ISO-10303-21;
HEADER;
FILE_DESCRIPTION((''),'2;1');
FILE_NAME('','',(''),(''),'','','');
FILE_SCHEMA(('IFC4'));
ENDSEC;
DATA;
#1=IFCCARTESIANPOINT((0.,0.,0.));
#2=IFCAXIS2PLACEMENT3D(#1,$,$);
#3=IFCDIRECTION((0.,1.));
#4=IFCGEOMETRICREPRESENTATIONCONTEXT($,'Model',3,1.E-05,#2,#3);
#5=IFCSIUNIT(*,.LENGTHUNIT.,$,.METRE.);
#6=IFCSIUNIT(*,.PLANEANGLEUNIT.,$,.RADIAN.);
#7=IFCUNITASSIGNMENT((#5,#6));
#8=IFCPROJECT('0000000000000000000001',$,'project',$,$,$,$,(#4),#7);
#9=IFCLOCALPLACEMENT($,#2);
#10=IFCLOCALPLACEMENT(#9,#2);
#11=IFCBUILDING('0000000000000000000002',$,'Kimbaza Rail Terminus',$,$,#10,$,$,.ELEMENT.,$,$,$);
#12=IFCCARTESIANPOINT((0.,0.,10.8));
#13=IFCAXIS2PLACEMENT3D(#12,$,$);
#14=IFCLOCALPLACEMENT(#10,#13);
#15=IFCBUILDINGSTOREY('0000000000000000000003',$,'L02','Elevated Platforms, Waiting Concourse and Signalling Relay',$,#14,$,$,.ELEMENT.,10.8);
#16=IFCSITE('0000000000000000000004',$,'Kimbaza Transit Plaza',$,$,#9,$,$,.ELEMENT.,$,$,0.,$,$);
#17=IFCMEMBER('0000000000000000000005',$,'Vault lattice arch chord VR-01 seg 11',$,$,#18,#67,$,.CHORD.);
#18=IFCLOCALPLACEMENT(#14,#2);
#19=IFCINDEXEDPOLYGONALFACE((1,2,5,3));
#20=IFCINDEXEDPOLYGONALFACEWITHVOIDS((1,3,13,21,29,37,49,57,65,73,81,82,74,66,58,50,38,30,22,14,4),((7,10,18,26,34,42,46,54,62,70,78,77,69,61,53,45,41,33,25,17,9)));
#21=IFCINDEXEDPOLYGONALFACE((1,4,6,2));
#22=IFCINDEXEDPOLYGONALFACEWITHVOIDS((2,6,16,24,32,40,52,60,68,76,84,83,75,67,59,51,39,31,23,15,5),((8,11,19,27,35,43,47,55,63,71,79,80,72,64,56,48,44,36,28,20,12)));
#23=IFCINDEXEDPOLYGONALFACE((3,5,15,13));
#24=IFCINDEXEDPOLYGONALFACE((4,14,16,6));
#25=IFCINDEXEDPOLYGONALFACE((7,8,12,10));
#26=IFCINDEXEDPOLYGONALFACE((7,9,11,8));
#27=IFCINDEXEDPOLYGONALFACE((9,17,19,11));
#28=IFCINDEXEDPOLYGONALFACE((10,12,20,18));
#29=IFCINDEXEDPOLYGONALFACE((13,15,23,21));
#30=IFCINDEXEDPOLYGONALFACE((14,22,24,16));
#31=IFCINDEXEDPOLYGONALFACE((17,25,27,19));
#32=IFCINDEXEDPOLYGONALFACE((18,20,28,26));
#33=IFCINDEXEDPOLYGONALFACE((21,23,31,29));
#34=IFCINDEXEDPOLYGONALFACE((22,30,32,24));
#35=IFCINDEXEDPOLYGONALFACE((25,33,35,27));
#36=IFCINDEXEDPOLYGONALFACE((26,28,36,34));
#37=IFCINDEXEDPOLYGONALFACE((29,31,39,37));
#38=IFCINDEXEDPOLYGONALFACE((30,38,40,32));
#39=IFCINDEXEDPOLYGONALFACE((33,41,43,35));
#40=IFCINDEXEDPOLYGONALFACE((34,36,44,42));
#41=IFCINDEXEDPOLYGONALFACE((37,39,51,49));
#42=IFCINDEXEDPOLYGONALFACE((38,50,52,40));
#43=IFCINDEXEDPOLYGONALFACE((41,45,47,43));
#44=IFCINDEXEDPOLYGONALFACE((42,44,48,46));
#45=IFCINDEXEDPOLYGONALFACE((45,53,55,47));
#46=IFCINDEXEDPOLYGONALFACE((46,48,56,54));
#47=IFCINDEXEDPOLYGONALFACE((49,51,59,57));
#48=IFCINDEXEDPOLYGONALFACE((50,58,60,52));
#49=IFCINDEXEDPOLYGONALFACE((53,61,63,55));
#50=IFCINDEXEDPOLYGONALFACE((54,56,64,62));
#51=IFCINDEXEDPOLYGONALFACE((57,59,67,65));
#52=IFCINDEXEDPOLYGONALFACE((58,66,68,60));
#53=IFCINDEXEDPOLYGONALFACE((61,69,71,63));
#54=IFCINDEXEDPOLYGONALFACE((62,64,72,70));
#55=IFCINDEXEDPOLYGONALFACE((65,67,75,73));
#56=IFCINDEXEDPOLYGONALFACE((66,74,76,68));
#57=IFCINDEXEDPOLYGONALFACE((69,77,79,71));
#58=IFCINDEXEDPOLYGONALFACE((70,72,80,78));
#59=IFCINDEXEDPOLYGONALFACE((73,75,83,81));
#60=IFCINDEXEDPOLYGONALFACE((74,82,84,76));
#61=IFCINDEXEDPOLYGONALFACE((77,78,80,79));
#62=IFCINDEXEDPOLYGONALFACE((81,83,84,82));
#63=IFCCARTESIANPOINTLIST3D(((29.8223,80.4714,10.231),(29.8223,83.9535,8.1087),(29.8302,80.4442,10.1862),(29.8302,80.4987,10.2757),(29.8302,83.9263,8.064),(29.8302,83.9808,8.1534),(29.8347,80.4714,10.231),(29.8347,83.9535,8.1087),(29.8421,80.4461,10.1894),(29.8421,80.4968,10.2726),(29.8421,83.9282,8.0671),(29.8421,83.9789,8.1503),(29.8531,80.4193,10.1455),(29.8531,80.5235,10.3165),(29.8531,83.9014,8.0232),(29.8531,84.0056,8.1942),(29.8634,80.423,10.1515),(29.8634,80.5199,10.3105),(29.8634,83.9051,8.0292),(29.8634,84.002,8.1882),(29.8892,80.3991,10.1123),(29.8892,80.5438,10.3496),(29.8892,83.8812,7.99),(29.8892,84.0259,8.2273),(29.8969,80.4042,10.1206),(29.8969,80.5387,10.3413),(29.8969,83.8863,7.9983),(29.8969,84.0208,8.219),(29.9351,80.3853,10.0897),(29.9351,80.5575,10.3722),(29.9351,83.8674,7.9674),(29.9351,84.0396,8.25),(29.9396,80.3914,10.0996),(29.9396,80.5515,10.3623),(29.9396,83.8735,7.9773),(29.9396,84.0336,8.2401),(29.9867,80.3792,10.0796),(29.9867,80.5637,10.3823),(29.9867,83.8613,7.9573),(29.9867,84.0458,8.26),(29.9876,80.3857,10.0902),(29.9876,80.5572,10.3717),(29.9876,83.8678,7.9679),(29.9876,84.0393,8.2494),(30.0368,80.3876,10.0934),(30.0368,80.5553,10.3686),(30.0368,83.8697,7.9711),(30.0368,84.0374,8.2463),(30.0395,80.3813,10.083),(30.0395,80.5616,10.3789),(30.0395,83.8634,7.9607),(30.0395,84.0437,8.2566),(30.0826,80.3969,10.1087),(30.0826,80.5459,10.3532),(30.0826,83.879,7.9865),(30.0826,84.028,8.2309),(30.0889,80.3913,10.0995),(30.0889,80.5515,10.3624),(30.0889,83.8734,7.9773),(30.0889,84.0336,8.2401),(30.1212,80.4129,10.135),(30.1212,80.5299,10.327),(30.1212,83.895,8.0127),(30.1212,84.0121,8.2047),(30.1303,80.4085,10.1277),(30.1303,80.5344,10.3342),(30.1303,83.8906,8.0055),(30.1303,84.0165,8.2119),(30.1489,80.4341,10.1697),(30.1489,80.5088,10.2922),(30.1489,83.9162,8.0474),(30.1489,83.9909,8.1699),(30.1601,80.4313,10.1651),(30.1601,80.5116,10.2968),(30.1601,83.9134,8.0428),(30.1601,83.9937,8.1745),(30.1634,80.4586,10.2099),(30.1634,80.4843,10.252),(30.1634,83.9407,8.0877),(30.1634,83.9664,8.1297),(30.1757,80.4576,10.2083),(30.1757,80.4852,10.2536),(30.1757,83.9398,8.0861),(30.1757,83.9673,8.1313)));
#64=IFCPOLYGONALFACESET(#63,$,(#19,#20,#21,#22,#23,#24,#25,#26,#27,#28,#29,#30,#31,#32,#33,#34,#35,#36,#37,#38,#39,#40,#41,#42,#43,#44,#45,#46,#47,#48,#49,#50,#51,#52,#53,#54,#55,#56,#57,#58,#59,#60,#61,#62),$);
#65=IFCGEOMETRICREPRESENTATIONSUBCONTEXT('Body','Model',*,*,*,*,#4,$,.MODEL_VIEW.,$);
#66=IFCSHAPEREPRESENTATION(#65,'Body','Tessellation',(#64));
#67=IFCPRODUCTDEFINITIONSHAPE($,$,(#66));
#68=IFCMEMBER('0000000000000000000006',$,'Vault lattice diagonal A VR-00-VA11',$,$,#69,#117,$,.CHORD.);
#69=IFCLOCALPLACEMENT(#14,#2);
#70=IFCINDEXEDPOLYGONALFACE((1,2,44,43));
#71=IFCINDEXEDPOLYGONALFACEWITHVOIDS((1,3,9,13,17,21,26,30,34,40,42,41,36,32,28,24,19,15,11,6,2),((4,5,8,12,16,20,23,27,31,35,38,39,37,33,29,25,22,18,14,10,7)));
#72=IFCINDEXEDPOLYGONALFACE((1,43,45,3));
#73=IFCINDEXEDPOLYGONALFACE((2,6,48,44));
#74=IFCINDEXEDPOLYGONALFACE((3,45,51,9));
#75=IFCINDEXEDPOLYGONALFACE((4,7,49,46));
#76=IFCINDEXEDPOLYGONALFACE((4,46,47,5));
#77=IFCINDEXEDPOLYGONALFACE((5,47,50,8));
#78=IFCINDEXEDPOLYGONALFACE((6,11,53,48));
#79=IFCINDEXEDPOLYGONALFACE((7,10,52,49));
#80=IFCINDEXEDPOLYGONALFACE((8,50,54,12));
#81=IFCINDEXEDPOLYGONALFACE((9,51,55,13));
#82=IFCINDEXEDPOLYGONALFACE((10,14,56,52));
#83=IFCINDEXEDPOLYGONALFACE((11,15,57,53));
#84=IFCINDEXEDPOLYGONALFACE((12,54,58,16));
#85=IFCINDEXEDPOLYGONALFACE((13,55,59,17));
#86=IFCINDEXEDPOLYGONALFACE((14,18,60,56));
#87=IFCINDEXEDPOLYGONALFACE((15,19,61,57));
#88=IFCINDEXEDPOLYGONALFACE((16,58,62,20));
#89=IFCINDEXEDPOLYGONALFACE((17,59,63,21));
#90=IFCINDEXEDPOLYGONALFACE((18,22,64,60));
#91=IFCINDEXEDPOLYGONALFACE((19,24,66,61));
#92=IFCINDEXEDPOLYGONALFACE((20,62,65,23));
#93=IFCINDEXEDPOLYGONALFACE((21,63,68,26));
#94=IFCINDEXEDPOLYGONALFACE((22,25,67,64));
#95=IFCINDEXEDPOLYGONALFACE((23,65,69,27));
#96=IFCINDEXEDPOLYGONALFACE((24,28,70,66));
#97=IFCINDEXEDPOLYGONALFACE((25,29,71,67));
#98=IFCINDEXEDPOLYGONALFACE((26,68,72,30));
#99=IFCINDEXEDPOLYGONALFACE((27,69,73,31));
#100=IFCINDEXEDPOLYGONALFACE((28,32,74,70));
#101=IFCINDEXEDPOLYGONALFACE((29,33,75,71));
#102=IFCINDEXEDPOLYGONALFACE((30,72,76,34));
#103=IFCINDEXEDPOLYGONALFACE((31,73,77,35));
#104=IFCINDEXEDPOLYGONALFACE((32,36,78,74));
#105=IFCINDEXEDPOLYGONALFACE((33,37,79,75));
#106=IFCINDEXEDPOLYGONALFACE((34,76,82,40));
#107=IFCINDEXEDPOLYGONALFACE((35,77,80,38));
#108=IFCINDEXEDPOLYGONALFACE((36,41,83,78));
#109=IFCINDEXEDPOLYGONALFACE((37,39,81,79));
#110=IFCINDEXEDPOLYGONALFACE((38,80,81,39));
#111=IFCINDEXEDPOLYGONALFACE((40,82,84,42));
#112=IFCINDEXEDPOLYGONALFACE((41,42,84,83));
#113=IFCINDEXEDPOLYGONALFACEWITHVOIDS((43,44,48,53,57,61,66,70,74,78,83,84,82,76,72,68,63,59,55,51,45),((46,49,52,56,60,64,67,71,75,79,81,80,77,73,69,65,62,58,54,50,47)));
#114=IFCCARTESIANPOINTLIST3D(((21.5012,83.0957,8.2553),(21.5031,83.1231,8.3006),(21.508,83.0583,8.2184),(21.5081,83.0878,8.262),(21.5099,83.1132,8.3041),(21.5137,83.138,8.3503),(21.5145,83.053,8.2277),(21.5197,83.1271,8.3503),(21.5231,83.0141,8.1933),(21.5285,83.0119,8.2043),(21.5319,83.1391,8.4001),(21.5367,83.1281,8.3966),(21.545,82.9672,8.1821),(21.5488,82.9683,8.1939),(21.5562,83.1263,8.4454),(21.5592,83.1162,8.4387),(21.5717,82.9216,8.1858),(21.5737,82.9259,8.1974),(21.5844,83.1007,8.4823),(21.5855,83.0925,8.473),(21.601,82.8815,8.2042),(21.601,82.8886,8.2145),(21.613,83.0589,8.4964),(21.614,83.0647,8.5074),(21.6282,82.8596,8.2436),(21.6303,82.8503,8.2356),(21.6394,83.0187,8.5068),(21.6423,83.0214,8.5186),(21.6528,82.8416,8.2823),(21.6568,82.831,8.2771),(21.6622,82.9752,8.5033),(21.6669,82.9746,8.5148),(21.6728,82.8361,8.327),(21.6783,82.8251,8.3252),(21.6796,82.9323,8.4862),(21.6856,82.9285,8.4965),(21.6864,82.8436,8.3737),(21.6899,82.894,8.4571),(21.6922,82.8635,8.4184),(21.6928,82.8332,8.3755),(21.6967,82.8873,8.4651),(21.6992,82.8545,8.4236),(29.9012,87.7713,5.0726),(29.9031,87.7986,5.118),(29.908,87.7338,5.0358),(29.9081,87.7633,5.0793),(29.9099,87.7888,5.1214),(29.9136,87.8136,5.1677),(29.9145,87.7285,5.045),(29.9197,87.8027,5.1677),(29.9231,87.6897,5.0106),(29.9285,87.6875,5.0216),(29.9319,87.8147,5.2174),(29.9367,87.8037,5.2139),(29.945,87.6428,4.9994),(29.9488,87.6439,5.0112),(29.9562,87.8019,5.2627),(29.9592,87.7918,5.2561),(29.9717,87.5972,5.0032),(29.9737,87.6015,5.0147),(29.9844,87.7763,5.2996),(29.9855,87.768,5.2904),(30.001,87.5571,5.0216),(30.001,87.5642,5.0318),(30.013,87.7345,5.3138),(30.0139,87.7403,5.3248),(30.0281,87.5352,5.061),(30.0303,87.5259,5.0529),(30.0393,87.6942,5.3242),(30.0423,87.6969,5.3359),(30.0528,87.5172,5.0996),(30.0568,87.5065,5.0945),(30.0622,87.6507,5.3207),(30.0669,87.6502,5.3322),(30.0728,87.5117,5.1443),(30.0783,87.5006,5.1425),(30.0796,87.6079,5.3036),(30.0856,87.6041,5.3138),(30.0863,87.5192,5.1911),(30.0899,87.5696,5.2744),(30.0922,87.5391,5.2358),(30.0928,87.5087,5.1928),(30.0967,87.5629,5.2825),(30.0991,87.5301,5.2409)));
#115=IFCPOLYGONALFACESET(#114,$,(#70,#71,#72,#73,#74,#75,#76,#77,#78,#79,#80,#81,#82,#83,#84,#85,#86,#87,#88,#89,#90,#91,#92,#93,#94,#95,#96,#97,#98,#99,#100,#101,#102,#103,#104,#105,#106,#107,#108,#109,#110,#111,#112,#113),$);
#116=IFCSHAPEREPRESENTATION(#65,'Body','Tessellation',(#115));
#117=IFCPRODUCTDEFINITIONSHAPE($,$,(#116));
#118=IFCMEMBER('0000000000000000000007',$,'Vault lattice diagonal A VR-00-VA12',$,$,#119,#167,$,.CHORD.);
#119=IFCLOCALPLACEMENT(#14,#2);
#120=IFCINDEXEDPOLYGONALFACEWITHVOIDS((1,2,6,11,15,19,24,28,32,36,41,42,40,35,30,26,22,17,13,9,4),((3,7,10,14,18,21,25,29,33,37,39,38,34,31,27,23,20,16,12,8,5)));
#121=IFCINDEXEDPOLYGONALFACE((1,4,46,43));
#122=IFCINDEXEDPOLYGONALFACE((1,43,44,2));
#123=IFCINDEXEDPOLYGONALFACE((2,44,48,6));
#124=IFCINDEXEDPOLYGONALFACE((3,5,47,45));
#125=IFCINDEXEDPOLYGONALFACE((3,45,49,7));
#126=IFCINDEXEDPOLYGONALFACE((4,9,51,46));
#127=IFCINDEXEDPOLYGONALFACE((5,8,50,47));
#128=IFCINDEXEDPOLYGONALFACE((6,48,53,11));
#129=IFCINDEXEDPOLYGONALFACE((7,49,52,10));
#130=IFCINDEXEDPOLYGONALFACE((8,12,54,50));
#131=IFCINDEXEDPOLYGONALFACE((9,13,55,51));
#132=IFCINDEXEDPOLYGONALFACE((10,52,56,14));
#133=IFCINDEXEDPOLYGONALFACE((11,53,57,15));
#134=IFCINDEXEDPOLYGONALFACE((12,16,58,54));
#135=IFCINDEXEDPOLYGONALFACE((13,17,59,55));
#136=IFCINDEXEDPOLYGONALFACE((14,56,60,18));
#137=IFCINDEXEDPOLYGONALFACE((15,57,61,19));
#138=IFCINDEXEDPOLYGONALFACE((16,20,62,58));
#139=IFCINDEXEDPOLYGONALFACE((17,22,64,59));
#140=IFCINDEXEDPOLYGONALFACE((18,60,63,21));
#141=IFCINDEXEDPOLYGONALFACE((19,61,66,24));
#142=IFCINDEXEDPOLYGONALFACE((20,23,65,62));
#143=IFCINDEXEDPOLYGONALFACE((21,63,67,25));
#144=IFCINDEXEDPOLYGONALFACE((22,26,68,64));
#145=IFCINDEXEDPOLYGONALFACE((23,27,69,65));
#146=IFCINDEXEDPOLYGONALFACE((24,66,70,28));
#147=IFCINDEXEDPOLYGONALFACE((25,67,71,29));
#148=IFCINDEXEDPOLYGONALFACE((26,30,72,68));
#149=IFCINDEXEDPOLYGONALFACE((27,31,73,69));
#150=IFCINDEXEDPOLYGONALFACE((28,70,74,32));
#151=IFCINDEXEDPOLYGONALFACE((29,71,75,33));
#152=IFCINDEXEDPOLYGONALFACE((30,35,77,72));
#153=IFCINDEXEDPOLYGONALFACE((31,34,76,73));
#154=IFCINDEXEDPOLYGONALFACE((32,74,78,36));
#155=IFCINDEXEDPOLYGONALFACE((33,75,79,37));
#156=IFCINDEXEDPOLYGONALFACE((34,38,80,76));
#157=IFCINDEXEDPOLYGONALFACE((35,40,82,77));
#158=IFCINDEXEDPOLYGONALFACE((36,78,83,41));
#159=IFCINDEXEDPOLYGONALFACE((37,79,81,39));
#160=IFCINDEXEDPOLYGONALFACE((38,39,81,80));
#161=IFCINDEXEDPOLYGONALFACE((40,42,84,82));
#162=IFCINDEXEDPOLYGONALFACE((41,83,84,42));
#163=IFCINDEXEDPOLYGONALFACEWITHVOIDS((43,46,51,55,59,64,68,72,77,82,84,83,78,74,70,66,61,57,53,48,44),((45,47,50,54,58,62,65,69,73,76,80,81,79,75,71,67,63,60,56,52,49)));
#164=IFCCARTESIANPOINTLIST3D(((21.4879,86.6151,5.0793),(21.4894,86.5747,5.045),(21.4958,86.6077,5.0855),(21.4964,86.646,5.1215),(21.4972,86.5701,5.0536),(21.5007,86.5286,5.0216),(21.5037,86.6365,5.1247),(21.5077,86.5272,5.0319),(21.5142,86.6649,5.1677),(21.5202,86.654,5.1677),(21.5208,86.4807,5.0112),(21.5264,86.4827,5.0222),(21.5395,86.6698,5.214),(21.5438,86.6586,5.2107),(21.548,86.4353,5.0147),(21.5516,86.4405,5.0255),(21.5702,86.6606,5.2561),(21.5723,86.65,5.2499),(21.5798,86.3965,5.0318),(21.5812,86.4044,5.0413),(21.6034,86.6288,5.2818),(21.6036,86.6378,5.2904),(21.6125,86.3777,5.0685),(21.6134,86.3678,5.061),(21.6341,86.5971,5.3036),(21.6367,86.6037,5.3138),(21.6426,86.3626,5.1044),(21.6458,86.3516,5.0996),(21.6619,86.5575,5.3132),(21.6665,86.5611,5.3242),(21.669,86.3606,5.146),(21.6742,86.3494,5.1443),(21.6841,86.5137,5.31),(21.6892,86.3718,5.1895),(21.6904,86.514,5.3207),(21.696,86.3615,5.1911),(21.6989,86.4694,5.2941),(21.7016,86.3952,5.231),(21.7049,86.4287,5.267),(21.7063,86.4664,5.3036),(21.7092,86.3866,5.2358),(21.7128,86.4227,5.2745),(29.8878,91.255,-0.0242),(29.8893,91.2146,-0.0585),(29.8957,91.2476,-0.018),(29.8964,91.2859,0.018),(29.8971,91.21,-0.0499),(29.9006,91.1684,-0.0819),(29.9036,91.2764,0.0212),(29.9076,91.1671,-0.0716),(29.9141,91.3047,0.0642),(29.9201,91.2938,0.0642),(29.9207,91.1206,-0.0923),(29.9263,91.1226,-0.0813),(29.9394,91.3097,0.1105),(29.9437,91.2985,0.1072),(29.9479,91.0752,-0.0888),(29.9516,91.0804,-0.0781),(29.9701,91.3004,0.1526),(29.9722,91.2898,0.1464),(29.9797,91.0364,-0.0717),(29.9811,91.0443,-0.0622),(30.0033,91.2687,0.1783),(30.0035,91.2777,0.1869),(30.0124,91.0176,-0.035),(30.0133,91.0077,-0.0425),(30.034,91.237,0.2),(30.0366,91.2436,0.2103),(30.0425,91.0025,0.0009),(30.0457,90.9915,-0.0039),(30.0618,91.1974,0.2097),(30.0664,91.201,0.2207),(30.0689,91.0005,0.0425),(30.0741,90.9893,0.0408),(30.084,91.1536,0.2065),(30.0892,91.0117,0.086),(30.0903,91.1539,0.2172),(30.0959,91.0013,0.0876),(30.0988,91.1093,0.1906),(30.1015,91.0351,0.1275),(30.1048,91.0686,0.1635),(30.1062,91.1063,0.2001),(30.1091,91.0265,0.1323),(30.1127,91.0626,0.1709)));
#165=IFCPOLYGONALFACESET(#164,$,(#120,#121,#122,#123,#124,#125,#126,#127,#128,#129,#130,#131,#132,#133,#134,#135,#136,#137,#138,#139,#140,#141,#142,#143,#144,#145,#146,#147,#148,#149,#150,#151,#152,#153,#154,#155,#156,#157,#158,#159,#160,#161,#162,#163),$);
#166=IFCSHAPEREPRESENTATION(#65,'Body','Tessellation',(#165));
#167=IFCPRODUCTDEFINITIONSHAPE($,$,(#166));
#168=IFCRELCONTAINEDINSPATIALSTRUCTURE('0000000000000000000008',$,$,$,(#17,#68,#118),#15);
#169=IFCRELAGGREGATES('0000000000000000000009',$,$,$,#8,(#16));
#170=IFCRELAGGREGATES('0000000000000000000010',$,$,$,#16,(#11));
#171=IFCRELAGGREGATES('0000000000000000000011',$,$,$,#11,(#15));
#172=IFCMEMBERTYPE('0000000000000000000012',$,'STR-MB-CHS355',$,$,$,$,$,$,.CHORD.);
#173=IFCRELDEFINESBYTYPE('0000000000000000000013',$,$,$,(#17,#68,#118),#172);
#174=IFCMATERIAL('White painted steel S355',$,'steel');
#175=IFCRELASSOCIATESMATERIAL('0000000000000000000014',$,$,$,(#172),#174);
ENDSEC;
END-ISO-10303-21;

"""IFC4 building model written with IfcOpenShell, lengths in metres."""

from ifc_helpers import new_model, si_unit, direction, frame, origin, origin_2d, place, context, subcontext, project, spatial, hollow_circle, extrude, material, material_profile, profile_set, type_object, element, save


model = new_model("IFC4")

# Units and contexts
model_context = context("Model", 3, precision=1e-05, world=origin(), true_north=direction((0.0, 1.0)))
body_context = subcontext(model_context, "Body", "Model", "MODEL_VIEW")
ifc_project = project(units=[si_unit("LENGTHUNIT", "METRE"), si_unit("PLANEANGLEUNIT", "RADIAN")], contexts=[model_context])

# Site, building, storey
site_placement = place(None, origin())
site = spatial("IfcSite", under=ifc_project, at=site_placement, Name="Kimbaza Transit Plaza", CompositionType="ELEMENT", RefElevation=0.0)
building_placement = place(site_placement, origin())
building = spatial("IfcBuilding", under=site, at=building_placement, Name="Kimbaza Rail Terminus", CompositionType="ELEMENT")
storey_placement = place(building_placement, frame((0.0, 0.0, 10.8)))
storey = spatial("IfcBuildingStorey", under=building, at=storey_placement, Name="L02", Description="Elevated Platforms, Waiting Concourse and Signalling Relay", CompositionType="ELEMENT", Elevation=10.8)

# Members
ifc_material_1 = material(Name="White painted steel S355", Category="steel")
ifc_material_profile_1 = material_profile(ifc_material_1, hollow_circle(Radius=0.1777, WallThickness=0.0125, at=origin_2d()), Name="CHS 355.6x12.5")
ifc_profile_set_1 = profile_set([ifc_material_profile_1], Name="White painted steel S355")
member_type_1 = type_object("IfcMemberType", Name="STR-MB-CHS355", PredefinedType="CHORD", material=ifc_profile_set_1)
member_1_placement = place(storey_placement, frame((30.0, 80.4714, 10.231), z_axis=(0.0, 0.853901, -0.520435), x_axis=(-1.0, 0.0, 0.0)))
element("IfcMember", 1, at=member_1_placement, inside=storey, type_object=member_type_1, Name="Vault lattice arch chord VR-01 seg 11", PredefinedType="CHORD", context=body_context, shape_type="SweptSolid", body=[
    extrude(hollow_circle(Radius=0.1777, WallThickness=0.0125, at=origin_2d()), origin(), (0.0, 0.0, 1.0), 4.0779),
])
member_2_placement = place(storey_placement, frame((21.6001, 82.9827, 8.3503), z_axis=(0.829489, 0.461708, -0.314283), x_axis=(-0.486352, 0.873763, 0.0)))
element("IfcMember", 2, at=member_2_placement, inside=storey, type_object=member_type_1, Name="Vault lattice diagonal A VR-00-VA11", PredefinedType="CHORD", context=body_context, shape_type="SweptSolid", body=[
    extrude(hollow_circle(Radius=0.1777, WallThickness=0.0125, at=origin_2d()), origin(), (0.0, 0.0, 1.0), 10.1267),
])
member_3_placement = place(storey_placement, frame((21.6001, 86.5093, 5.1677), z_axis=(0.772839, 0.426897, -0.469552), x_axis=(-0.483514, 0.875337, 0.0)))
element("IfcMember", 3, at=member_3_placement, inside=storey, type_object=member_type_1, Name="Vault lattice diagonal A VR-00-VA12", PredefinedType="CHORD", context=body_context, shape_type="SweptSolid", body=[
    extrude(hollow_circle(Radius=0.1777, WallThickness=0.0125, at=origin_2d()), origin(), (0.0, 0.0, 1.0), 10.8689),
])

save(model, "model.ifc")
